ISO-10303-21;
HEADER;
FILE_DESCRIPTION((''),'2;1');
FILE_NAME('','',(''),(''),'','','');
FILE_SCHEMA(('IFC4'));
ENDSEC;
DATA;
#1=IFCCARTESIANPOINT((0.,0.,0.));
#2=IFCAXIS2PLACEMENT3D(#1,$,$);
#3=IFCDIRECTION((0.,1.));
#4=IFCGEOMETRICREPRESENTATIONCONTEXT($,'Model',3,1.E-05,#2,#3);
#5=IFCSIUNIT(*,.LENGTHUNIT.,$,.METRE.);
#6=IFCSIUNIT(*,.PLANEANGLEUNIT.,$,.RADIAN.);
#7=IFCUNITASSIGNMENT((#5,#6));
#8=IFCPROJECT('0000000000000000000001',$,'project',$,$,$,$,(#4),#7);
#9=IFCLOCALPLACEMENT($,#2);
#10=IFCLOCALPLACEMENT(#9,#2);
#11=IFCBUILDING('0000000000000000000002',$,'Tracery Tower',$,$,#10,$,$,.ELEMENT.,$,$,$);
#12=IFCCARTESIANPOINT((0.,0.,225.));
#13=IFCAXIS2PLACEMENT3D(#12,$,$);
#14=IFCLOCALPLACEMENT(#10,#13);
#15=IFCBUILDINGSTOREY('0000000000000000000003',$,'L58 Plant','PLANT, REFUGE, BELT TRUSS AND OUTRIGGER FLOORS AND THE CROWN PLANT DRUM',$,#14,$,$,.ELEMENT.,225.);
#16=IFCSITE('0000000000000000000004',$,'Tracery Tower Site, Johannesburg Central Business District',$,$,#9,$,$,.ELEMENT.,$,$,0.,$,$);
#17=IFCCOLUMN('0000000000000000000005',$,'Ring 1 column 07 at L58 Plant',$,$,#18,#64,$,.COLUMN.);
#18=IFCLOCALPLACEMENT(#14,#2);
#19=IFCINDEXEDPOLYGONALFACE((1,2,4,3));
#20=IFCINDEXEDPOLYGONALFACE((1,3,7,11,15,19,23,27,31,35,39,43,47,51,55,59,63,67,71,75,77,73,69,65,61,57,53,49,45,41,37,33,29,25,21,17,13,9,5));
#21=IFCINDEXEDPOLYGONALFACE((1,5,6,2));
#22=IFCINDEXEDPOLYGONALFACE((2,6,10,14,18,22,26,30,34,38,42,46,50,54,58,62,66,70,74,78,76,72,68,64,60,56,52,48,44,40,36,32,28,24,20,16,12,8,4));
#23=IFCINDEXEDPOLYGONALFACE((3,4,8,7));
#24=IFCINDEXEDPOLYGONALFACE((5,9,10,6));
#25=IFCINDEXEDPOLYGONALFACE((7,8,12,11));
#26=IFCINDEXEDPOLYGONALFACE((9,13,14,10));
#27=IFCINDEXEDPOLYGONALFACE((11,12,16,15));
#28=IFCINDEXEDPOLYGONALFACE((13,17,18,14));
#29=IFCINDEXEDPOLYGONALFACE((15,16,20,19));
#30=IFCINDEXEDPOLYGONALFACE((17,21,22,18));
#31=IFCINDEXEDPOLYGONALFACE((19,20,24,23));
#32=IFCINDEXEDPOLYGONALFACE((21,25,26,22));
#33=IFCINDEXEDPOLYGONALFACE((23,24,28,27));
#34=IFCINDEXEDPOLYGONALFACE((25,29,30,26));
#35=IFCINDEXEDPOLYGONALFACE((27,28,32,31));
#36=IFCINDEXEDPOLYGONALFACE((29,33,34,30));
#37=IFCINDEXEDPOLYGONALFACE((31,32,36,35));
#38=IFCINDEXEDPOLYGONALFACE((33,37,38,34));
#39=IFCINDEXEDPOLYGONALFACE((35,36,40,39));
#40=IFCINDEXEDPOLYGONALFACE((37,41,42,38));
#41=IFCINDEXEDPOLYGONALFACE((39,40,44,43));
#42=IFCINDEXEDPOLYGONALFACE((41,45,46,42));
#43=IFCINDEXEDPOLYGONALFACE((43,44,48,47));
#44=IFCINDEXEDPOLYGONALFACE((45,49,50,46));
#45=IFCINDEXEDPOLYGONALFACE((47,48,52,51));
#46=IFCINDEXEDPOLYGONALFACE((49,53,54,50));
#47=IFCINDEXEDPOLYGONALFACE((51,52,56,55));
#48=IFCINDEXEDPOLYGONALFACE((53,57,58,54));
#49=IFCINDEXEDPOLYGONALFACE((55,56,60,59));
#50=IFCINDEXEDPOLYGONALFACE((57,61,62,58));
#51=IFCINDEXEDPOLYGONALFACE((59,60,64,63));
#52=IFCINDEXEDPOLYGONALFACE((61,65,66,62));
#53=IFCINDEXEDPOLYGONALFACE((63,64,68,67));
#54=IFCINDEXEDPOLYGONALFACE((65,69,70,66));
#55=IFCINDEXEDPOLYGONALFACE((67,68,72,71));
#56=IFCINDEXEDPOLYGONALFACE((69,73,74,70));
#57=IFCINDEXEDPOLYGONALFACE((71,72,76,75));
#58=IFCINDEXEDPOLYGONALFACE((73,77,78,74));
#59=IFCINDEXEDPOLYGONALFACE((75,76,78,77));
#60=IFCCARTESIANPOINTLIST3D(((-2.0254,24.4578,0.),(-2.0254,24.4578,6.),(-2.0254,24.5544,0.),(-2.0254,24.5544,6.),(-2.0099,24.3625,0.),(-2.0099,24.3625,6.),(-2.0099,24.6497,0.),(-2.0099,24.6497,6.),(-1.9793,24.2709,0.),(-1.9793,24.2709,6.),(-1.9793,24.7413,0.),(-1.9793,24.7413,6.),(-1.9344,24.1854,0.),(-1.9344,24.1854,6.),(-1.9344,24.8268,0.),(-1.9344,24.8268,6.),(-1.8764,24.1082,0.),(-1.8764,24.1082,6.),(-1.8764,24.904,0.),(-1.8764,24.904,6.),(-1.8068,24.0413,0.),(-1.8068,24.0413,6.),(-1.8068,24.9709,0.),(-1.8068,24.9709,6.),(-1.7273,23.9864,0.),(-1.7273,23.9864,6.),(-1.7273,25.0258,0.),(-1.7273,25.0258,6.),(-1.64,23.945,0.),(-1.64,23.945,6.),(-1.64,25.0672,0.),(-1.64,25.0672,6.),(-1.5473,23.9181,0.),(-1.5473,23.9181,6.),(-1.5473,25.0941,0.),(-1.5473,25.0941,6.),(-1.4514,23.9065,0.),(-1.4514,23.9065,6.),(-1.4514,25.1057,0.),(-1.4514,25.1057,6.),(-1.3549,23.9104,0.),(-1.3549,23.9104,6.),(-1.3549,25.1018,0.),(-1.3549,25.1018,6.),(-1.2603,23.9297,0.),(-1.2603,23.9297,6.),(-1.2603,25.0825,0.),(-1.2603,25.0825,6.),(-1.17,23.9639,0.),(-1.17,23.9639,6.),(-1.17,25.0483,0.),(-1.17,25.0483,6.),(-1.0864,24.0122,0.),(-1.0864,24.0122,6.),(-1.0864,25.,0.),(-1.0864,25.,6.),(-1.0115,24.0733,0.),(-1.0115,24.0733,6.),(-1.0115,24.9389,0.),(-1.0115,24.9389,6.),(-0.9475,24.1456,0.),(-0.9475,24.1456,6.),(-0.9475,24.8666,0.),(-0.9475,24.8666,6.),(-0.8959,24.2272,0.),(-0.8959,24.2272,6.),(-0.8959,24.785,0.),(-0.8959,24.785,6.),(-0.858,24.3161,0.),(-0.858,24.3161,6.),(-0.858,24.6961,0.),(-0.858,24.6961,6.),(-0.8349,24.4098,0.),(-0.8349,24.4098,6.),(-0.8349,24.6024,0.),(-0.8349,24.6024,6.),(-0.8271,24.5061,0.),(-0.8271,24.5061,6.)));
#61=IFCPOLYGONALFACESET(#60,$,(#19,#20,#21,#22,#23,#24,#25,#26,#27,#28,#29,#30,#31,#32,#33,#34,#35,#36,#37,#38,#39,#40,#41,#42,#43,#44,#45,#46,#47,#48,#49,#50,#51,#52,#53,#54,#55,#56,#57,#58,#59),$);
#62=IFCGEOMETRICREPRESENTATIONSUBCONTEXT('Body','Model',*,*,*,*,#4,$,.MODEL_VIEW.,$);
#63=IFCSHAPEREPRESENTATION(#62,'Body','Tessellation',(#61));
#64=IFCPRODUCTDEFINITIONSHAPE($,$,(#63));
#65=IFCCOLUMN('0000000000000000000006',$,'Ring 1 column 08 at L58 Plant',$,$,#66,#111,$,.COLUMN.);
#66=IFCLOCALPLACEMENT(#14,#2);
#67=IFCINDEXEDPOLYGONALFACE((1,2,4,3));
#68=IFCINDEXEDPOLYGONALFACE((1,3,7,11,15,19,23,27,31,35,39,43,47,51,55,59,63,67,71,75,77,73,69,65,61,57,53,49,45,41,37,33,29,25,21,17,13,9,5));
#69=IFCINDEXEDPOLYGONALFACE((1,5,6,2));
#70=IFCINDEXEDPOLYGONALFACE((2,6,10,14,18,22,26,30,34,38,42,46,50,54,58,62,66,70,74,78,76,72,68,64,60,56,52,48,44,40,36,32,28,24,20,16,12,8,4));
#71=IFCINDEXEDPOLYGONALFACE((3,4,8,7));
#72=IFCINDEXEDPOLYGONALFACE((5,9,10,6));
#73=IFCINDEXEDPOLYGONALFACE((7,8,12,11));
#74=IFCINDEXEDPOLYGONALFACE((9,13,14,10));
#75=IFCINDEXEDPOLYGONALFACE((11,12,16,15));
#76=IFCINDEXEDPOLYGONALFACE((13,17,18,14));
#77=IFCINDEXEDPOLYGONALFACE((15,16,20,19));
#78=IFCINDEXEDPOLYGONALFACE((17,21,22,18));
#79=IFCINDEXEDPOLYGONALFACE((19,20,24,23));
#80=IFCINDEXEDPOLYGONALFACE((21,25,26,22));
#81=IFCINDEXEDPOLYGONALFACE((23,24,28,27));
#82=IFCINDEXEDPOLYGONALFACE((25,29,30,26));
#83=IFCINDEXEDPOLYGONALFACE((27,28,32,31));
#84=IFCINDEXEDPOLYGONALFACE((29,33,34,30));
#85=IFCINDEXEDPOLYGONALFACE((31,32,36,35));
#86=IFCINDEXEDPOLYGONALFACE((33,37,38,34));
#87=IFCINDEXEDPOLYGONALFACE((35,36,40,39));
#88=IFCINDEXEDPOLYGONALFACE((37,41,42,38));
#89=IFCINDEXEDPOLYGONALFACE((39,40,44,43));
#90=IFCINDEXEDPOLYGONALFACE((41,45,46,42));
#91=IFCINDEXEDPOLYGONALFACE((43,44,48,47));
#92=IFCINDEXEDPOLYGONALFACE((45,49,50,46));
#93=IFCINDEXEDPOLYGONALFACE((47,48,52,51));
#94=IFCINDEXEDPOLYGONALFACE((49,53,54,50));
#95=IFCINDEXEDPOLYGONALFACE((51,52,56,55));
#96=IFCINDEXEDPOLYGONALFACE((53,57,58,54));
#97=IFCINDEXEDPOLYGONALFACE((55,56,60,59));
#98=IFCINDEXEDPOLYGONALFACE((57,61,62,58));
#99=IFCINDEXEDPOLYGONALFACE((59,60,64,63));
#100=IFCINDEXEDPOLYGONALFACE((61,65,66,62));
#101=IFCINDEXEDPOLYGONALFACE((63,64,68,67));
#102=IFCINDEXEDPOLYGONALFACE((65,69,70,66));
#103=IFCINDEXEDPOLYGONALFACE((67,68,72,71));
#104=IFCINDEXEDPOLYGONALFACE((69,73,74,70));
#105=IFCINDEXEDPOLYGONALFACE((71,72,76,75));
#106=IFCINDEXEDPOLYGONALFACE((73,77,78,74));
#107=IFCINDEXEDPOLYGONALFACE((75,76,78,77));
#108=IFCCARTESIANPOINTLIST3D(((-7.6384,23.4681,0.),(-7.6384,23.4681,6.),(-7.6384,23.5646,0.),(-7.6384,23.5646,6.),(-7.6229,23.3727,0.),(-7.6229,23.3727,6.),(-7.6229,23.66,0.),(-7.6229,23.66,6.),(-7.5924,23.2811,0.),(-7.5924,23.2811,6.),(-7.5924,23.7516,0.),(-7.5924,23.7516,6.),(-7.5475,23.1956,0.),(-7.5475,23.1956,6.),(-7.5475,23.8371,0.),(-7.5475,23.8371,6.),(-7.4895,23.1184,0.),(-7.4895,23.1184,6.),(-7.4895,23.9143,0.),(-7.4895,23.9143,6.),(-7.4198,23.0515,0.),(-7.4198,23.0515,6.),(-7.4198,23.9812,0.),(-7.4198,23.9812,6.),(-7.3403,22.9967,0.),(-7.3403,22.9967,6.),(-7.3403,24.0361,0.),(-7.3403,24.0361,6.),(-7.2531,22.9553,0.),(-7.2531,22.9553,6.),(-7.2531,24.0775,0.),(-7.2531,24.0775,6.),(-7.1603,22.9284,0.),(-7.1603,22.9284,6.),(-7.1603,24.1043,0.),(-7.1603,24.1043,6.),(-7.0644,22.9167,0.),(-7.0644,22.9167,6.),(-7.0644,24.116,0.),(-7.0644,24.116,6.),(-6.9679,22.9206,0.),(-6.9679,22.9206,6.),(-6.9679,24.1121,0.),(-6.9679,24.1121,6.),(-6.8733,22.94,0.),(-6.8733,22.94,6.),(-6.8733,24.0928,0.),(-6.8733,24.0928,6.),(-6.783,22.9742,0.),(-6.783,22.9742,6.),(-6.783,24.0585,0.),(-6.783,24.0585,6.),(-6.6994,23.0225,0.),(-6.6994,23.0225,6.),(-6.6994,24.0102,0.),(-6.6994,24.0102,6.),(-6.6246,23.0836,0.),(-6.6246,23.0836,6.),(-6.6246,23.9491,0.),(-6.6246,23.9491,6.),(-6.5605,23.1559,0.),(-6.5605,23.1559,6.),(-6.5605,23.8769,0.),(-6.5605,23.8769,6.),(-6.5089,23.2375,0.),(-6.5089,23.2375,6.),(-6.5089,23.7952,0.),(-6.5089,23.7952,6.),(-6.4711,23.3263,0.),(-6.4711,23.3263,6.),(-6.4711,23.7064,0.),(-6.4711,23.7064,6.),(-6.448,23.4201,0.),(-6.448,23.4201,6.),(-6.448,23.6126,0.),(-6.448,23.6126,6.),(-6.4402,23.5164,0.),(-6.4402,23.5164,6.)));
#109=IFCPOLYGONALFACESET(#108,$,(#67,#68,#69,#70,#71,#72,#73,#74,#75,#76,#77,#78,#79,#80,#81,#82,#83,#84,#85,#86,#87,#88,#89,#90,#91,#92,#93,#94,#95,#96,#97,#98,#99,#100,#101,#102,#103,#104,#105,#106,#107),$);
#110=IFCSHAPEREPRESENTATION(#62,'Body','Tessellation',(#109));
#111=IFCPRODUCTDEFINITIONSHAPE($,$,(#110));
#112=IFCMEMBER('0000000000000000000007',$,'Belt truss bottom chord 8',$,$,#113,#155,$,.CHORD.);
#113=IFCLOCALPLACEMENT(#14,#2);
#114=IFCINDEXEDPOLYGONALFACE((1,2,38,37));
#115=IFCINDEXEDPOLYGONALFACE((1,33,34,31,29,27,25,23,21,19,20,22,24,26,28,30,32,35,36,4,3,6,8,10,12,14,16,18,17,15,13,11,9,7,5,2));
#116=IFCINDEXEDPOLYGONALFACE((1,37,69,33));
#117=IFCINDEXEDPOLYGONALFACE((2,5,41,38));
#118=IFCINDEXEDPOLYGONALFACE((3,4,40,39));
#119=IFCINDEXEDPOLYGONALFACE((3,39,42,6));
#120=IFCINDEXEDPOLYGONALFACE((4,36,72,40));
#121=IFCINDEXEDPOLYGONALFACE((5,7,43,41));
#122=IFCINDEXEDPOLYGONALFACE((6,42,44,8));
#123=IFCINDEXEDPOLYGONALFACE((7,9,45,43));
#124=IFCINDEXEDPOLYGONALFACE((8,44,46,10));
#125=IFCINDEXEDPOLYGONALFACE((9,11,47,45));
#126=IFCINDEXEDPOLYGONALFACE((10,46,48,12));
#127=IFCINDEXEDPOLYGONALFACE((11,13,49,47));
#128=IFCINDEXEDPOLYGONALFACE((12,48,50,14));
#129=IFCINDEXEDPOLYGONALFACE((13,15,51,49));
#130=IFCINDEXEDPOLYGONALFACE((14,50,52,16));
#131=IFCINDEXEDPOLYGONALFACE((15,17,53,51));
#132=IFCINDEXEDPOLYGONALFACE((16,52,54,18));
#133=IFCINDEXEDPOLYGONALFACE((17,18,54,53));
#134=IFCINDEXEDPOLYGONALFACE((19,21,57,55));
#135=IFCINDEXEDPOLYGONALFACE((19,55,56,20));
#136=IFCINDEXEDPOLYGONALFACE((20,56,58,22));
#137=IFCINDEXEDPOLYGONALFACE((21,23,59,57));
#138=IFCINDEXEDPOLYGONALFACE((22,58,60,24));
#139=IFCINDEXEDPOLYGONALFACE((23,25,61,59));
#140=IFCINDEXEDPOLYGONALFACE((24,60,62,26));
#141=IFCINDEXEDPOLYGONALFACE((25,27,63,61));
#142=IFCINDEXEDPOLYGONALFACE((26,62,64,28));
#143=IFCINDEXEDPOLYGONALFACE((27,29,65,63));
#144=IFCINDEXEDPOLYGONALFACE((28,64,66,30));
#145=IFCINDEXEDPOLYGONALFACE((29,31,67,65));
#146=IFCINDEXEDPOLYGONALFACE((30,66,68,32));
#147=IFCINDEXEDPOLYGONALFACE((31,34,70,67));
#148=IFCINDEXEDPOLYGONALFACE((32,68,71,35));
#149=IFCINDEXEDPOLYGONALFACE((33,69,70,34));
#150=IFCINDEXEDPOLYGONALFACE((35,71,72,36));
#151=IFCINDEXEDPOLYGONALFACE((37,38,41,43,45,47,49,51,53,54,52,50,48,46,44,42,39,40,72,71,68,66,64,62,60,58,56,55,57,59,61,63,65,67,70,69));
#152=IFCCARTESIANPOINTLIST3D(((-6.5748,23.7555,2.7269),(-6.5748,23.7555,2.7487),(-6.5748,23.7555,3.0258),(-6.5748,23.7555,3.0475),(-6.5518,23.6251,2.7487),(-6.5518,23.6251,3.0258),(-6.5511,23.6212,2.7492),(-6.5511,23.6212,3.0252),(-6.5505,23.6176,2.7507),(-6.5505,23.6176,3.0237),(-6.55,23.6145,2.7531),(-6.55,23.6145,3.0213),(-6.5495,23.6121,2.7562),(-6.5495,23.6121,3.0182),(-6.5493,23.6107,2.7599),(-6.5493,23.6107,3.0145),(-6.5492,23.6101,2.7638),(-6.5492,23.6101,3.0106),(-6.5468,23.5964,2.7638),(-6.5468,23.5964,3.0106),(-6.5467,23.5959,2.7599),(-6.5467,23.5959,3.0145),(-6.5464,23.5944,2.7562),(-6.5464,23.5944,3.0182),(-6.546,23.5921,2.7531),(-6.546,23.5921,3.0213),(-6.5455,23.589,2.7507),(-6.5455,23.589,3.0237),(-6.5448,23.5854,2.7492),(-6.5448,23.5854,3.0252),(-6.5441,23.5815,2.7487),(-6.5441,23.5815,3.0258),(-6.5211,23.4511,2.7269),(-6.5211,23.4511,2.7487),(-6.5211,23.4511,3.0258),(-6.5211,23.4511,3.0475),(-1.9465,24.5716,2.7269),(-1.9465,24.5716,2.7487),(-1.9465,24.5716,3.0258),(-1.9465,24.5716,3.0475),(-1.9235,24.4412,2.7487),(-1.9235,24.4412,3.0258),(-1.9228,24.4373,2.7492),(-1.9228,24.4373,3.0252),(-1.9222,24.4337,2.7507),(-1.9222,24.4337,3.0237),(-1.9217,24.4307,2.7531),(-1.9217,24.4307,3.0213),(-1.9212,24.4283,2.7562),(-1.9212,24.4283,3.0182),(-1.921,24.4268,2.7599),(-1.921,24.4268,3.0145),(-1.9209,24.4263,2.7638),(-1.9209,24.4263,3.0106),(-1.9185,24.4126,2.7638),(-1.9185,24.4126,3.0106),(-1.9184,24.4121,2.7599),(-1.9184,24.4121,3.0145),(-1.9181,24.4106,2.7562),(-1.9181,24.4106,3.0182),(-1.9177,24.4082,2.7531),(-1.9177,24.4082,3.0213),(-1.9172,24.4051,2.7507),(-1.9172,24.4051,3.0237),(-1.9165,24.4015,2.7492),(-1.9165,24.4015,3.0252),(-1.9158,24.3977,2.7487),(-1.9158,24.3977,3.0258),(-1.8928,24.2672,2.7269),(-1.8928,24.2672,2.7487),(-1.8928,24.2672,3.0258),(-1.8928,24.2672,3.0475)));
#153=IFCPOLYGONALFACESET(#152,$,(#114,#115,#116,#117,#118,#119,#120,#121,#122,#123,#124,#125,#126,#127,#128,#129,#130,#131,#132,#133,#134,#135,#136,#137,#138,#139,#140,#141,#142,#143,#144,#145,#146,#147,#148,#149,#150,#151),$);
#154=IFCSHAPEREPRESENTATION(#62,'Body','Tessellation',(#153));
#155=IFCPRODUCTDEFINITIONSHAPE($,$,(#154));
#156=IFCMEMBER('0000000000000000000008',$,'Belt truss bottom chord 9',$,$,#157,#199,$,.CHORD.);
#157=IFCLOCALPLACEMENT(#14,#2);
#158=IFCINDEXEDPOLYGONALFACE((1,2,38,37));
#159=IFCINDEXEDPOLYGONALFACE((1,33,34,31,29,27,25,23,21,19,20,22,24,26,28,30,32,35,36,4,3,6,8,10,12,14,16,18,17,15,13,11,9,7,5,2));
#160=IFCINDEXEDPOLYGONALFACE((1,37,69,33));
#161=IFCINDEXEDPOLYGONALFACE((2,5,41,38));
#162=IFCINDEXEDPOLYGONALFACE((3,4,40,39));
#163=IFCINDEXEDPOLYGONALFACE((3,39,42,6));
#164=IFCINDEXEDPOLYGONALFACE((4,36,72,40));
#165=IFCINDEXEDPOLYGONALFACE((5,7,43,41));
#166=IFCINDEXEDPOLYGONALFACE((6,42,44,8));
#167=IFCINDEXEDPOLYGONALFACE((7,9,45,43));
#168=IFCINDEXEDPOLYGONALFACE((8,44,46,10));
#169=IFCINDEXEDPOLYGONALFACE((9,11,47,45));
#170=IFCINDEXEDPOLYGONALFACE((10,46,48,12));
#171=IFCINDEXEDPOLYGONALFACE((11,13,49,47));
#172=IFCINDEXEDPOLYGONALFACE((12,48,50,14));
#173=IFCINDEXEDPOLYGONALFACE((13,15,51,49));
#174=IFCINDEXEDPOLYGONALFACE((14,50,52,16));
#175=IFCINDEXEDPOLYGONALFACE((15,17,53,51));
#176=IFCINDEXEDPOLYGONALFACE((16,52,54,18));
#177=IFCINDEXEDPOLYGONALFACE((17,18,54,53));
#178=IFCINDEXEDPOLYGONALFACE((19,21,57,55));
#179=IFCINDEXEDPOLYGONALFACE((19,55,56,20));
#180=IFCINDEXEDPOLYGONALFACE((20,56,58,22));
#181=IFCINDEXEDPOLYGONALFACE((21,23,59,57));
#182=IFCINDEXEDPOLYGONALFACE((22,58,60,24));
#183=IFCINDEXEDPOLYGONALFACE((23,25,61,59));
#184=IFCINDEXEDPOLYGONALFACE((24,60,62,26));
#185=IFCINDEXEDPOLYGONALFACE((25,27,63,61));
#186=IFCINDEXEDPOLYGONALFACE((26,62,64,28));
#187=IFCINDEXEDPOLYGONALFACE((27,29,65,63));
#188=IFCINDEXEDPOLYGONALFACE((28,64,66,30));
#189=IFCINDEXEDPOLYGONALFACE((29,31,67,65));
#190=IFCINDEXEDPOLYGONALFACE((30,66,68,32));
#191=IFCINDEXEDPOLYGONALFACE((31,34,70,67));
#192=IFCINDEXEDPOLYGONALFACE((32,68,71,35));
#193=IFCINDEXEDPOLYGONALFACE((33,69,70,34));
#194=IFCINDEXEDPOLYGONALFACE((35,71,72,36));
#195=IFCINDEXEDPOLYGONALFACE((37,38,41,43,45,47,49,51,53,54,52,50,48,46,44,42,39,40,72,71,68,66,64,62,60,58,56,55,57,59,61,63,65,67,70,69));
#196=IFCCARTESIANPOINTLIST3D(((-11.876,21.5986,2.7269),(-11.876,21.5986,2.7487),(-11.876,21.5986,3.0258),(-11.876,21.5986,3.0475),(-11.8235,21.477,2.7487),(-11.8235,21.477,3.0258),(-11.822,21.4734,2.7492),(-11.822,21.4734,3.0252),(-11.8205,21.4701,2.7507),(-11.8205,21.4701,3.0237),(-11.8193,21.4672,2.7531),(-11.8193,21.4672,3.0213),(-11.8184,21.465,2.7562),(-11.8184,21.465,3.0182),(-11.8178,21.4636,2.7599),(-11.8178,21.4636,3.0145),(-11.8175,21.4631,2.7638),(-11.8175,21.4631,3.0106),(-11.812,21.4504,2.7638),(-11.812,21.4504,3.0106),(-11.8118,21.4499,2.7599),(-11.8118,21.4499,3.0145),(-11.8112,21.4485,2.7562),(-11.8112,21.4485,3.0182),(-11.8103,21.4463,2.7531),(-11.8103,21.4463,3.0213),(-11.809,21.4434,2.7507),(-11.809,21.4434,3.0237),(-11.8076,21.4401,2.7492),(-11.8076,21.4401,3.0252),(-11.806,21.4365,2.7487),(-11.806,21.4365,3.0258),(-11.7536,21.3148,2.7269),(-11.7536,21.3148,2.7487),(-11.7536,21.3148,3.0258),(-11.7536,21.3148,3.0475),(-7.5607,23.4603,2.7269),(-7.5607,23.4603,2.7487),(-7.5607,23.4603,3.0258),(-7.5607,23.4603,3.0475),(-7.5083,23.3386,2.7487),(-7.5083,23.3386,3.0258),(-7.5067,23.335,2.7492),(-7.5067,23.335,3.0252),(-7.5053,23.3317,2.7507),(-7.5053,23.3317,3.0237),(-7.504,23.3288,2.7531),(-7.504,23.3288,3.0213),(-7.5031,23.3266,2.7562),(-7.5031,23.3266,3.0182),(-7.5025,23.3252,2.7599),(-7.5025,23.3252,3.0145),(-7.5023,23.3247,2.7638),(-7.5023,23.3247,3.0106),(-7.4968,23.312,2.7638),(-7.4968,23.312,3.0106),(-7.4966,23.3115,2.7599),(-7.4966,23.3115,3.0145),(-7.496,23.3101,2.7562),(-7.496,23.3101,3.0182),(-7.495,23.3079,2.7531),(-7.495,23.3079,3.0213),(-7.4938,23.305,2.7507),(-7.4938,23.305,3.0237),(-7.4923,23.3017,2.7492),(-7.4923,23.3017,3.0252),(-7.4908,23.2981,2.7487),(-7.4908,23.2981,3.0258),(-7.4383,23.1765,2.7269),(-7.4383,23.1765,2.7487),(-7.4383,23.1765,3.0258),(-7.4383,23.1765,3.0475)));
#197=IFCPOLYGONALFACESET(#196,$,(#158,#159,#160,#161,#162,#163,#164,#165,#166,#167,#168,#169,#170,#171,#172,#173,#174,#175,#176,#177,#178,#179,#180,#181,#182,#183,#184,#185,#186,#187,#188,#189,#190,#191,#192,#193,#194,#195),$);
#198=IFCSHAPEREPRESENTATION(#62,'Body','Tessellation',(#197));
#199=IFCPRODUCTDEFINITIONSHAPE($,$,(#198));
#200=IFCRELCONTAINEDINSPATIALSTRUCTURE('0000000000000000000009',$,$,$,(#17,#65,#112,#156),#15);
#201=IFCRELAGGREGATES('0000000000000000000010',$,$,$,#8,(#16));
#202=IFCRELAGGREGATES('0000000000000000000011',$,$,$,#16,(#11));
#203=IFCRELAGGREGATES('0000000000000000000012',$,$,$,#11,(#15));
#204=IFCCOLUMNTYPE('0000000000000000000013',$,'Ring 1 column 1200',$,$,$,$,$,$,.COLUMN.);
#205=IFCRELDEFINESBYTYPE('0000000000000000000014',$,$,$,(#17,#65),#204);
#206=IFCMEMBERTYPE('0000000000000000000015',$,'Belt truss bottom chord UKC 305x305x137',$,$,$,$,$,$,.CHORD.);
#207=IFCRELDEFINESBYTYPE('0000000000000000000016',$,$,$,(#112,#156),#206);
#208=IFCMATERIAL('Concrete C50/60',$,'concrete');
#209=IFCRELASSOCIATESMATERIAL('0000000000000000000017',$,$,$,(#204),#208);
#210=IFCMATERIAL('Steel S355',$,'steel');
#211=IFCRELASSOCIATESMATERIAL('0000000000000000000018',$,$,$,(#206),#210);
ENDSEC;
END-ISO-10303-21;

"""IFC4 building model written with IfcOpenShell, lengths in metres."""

from ifc_helpers import new_model, si_unit, direction, frame, origin, origin_2d, place, context, subcontext, project, spatial, circle, i_section, extrude, material, material_profile, profile_set, type_object, element, save


model = new_model("IFC4")

# Units and contexts
model_context = context("Model", 3, precision=1e-05, world=origin(), true_north=direction((0.0, 1.0)))
body_context = subcontext(model_context, "Body", "Model", "MODEL_VIEW")
ifc_project = project(units=[si_unit("LENGTHUNIT", "METRE"), si_unit("PLANEANGLEUNIT", "RADIAN")], contexts=[model_context])

# Site, building, storey
site_placement = place(None, origin())
site = spatial("IfcSite", under=ifc_project, at=site_placement, Name="Tracery Tower Site, Johannesburg Central Business District", CompositionType="ELEMENT", RefElevation=0.0)
building_placement = place(site_placement, origin())
building = spatial("IfcBuilding", under=site, at=building_placement, Name="Tracery Tower", CompositionType="ELEMENT")
storey_placement = place(building_placement, frame((0.0, 0.0, 225.0)))
storey = spatial("IfcBuildingStorey", under=building, at=storey_placement, Name="L58 Plant", Description="PLANT, REFUGE, BELT TRUSS AND OUTRIGGER FLOORS AND THE CROWN PLANT DRUM", CompositionType="ELEMENT", Elevation=225.0)

# Columns
ifc_material_1 = material(Name="Concrete C50/60", Category="concrete")
ifc_material_profile_1 = material_profile(ifc_material_1, circle(Radius=0.6001, at=origin_2d()), Name="RC D1200")
ifc_profile_set_1 = profile_set([ifc_material_profile_1], Name="Concrete C50/60")
column_type = type_object("IfcColumnType", Name="Ring 1 column 1200", PredefinedType="COLUMN", material=ifc_profile_set_1)
for number, where, z_axis, x_axis, name in (
    (1, (-1.4272, 24.5061, 0.0), (0.0, 0.0, 1.0), (1.0, 0.0, 0.0), "Ring 1 column 07 at L58 Plant"),
    (2, (-7.0403, 23.5164, 0.0), (0.0, 0.0, 1.0), (1.0, 0.0, 0.0), "Ring 1 column 08 at L58 Plant"),
):
    element("IfcColumn", number, at=place(storey_placement, frame(where, z_axis=z_axis, x_axis=x_axis)), inside=storey, type_object=column_type, Name=name, PredefinedType="COLUMN", context=body_context, shape_type="SweptSolid", body=[
        extrude(circle(Radius=0.6001, at=origin_2d()), origin(), (0.0, 0.0, 1.0), 6.0),
    ])

# Members
ifc_material_2 = material(Name="Steel S355", Category="steel")
ifc_material_profile_2 = material_profile(ifc_material_2, i_section(OverallWidth=0.3091, OverallDepth=0.3206, WebThickness=0.0139, FlangeThickness=0.0217, FilletRadius=0.0151, at=origin_2d()), Name="UKC 305x305x137")
ifc_profile_set_2 = profile_set([ifc_material_profile_2], Name="Steel S355")
member_type_1 = type_object("IfcMemberType", Name="Belt truss bottom chord UKC 305x305x137", PredefinedType="CHORD", material=ifc_profile_set_2)
for number, where, z_axis, x_axis, name in (
    (3, (-1.9197, 24.4194, 2.8872), (-0.984806, -0.173658, 0.0), (0.173658, -0.984806, 0.0), "Belt truss bottom chord 8"),
    (4, (-7.4995, 23.3184, 2.8872), (-0.918202, -0.396113, 0.0), (0.396113, -0.918202, 0.0), "Belt truss bottom chord 9"),
):
    element("IfcMember", number, at=place(storey_placement, frame(where, z_axis=z_axis, x_axis=x_axis)), inside=storey, type_object=member_type_1, Name=name, PredefinedType="CHORD", context=body_context, shape_type="SweptSolid", body=[
        extrude(i_section(OverallWidth=0.3091, OverallDepth=0.3206, WebThickness=0.0139, FlangeThickness=0.0217, FilletRadius=0.0151, at=origin_2d()), origin(), (0.0, 0.0, 1.0), 4.6997),
    ])

save(model, "model.ifc")
